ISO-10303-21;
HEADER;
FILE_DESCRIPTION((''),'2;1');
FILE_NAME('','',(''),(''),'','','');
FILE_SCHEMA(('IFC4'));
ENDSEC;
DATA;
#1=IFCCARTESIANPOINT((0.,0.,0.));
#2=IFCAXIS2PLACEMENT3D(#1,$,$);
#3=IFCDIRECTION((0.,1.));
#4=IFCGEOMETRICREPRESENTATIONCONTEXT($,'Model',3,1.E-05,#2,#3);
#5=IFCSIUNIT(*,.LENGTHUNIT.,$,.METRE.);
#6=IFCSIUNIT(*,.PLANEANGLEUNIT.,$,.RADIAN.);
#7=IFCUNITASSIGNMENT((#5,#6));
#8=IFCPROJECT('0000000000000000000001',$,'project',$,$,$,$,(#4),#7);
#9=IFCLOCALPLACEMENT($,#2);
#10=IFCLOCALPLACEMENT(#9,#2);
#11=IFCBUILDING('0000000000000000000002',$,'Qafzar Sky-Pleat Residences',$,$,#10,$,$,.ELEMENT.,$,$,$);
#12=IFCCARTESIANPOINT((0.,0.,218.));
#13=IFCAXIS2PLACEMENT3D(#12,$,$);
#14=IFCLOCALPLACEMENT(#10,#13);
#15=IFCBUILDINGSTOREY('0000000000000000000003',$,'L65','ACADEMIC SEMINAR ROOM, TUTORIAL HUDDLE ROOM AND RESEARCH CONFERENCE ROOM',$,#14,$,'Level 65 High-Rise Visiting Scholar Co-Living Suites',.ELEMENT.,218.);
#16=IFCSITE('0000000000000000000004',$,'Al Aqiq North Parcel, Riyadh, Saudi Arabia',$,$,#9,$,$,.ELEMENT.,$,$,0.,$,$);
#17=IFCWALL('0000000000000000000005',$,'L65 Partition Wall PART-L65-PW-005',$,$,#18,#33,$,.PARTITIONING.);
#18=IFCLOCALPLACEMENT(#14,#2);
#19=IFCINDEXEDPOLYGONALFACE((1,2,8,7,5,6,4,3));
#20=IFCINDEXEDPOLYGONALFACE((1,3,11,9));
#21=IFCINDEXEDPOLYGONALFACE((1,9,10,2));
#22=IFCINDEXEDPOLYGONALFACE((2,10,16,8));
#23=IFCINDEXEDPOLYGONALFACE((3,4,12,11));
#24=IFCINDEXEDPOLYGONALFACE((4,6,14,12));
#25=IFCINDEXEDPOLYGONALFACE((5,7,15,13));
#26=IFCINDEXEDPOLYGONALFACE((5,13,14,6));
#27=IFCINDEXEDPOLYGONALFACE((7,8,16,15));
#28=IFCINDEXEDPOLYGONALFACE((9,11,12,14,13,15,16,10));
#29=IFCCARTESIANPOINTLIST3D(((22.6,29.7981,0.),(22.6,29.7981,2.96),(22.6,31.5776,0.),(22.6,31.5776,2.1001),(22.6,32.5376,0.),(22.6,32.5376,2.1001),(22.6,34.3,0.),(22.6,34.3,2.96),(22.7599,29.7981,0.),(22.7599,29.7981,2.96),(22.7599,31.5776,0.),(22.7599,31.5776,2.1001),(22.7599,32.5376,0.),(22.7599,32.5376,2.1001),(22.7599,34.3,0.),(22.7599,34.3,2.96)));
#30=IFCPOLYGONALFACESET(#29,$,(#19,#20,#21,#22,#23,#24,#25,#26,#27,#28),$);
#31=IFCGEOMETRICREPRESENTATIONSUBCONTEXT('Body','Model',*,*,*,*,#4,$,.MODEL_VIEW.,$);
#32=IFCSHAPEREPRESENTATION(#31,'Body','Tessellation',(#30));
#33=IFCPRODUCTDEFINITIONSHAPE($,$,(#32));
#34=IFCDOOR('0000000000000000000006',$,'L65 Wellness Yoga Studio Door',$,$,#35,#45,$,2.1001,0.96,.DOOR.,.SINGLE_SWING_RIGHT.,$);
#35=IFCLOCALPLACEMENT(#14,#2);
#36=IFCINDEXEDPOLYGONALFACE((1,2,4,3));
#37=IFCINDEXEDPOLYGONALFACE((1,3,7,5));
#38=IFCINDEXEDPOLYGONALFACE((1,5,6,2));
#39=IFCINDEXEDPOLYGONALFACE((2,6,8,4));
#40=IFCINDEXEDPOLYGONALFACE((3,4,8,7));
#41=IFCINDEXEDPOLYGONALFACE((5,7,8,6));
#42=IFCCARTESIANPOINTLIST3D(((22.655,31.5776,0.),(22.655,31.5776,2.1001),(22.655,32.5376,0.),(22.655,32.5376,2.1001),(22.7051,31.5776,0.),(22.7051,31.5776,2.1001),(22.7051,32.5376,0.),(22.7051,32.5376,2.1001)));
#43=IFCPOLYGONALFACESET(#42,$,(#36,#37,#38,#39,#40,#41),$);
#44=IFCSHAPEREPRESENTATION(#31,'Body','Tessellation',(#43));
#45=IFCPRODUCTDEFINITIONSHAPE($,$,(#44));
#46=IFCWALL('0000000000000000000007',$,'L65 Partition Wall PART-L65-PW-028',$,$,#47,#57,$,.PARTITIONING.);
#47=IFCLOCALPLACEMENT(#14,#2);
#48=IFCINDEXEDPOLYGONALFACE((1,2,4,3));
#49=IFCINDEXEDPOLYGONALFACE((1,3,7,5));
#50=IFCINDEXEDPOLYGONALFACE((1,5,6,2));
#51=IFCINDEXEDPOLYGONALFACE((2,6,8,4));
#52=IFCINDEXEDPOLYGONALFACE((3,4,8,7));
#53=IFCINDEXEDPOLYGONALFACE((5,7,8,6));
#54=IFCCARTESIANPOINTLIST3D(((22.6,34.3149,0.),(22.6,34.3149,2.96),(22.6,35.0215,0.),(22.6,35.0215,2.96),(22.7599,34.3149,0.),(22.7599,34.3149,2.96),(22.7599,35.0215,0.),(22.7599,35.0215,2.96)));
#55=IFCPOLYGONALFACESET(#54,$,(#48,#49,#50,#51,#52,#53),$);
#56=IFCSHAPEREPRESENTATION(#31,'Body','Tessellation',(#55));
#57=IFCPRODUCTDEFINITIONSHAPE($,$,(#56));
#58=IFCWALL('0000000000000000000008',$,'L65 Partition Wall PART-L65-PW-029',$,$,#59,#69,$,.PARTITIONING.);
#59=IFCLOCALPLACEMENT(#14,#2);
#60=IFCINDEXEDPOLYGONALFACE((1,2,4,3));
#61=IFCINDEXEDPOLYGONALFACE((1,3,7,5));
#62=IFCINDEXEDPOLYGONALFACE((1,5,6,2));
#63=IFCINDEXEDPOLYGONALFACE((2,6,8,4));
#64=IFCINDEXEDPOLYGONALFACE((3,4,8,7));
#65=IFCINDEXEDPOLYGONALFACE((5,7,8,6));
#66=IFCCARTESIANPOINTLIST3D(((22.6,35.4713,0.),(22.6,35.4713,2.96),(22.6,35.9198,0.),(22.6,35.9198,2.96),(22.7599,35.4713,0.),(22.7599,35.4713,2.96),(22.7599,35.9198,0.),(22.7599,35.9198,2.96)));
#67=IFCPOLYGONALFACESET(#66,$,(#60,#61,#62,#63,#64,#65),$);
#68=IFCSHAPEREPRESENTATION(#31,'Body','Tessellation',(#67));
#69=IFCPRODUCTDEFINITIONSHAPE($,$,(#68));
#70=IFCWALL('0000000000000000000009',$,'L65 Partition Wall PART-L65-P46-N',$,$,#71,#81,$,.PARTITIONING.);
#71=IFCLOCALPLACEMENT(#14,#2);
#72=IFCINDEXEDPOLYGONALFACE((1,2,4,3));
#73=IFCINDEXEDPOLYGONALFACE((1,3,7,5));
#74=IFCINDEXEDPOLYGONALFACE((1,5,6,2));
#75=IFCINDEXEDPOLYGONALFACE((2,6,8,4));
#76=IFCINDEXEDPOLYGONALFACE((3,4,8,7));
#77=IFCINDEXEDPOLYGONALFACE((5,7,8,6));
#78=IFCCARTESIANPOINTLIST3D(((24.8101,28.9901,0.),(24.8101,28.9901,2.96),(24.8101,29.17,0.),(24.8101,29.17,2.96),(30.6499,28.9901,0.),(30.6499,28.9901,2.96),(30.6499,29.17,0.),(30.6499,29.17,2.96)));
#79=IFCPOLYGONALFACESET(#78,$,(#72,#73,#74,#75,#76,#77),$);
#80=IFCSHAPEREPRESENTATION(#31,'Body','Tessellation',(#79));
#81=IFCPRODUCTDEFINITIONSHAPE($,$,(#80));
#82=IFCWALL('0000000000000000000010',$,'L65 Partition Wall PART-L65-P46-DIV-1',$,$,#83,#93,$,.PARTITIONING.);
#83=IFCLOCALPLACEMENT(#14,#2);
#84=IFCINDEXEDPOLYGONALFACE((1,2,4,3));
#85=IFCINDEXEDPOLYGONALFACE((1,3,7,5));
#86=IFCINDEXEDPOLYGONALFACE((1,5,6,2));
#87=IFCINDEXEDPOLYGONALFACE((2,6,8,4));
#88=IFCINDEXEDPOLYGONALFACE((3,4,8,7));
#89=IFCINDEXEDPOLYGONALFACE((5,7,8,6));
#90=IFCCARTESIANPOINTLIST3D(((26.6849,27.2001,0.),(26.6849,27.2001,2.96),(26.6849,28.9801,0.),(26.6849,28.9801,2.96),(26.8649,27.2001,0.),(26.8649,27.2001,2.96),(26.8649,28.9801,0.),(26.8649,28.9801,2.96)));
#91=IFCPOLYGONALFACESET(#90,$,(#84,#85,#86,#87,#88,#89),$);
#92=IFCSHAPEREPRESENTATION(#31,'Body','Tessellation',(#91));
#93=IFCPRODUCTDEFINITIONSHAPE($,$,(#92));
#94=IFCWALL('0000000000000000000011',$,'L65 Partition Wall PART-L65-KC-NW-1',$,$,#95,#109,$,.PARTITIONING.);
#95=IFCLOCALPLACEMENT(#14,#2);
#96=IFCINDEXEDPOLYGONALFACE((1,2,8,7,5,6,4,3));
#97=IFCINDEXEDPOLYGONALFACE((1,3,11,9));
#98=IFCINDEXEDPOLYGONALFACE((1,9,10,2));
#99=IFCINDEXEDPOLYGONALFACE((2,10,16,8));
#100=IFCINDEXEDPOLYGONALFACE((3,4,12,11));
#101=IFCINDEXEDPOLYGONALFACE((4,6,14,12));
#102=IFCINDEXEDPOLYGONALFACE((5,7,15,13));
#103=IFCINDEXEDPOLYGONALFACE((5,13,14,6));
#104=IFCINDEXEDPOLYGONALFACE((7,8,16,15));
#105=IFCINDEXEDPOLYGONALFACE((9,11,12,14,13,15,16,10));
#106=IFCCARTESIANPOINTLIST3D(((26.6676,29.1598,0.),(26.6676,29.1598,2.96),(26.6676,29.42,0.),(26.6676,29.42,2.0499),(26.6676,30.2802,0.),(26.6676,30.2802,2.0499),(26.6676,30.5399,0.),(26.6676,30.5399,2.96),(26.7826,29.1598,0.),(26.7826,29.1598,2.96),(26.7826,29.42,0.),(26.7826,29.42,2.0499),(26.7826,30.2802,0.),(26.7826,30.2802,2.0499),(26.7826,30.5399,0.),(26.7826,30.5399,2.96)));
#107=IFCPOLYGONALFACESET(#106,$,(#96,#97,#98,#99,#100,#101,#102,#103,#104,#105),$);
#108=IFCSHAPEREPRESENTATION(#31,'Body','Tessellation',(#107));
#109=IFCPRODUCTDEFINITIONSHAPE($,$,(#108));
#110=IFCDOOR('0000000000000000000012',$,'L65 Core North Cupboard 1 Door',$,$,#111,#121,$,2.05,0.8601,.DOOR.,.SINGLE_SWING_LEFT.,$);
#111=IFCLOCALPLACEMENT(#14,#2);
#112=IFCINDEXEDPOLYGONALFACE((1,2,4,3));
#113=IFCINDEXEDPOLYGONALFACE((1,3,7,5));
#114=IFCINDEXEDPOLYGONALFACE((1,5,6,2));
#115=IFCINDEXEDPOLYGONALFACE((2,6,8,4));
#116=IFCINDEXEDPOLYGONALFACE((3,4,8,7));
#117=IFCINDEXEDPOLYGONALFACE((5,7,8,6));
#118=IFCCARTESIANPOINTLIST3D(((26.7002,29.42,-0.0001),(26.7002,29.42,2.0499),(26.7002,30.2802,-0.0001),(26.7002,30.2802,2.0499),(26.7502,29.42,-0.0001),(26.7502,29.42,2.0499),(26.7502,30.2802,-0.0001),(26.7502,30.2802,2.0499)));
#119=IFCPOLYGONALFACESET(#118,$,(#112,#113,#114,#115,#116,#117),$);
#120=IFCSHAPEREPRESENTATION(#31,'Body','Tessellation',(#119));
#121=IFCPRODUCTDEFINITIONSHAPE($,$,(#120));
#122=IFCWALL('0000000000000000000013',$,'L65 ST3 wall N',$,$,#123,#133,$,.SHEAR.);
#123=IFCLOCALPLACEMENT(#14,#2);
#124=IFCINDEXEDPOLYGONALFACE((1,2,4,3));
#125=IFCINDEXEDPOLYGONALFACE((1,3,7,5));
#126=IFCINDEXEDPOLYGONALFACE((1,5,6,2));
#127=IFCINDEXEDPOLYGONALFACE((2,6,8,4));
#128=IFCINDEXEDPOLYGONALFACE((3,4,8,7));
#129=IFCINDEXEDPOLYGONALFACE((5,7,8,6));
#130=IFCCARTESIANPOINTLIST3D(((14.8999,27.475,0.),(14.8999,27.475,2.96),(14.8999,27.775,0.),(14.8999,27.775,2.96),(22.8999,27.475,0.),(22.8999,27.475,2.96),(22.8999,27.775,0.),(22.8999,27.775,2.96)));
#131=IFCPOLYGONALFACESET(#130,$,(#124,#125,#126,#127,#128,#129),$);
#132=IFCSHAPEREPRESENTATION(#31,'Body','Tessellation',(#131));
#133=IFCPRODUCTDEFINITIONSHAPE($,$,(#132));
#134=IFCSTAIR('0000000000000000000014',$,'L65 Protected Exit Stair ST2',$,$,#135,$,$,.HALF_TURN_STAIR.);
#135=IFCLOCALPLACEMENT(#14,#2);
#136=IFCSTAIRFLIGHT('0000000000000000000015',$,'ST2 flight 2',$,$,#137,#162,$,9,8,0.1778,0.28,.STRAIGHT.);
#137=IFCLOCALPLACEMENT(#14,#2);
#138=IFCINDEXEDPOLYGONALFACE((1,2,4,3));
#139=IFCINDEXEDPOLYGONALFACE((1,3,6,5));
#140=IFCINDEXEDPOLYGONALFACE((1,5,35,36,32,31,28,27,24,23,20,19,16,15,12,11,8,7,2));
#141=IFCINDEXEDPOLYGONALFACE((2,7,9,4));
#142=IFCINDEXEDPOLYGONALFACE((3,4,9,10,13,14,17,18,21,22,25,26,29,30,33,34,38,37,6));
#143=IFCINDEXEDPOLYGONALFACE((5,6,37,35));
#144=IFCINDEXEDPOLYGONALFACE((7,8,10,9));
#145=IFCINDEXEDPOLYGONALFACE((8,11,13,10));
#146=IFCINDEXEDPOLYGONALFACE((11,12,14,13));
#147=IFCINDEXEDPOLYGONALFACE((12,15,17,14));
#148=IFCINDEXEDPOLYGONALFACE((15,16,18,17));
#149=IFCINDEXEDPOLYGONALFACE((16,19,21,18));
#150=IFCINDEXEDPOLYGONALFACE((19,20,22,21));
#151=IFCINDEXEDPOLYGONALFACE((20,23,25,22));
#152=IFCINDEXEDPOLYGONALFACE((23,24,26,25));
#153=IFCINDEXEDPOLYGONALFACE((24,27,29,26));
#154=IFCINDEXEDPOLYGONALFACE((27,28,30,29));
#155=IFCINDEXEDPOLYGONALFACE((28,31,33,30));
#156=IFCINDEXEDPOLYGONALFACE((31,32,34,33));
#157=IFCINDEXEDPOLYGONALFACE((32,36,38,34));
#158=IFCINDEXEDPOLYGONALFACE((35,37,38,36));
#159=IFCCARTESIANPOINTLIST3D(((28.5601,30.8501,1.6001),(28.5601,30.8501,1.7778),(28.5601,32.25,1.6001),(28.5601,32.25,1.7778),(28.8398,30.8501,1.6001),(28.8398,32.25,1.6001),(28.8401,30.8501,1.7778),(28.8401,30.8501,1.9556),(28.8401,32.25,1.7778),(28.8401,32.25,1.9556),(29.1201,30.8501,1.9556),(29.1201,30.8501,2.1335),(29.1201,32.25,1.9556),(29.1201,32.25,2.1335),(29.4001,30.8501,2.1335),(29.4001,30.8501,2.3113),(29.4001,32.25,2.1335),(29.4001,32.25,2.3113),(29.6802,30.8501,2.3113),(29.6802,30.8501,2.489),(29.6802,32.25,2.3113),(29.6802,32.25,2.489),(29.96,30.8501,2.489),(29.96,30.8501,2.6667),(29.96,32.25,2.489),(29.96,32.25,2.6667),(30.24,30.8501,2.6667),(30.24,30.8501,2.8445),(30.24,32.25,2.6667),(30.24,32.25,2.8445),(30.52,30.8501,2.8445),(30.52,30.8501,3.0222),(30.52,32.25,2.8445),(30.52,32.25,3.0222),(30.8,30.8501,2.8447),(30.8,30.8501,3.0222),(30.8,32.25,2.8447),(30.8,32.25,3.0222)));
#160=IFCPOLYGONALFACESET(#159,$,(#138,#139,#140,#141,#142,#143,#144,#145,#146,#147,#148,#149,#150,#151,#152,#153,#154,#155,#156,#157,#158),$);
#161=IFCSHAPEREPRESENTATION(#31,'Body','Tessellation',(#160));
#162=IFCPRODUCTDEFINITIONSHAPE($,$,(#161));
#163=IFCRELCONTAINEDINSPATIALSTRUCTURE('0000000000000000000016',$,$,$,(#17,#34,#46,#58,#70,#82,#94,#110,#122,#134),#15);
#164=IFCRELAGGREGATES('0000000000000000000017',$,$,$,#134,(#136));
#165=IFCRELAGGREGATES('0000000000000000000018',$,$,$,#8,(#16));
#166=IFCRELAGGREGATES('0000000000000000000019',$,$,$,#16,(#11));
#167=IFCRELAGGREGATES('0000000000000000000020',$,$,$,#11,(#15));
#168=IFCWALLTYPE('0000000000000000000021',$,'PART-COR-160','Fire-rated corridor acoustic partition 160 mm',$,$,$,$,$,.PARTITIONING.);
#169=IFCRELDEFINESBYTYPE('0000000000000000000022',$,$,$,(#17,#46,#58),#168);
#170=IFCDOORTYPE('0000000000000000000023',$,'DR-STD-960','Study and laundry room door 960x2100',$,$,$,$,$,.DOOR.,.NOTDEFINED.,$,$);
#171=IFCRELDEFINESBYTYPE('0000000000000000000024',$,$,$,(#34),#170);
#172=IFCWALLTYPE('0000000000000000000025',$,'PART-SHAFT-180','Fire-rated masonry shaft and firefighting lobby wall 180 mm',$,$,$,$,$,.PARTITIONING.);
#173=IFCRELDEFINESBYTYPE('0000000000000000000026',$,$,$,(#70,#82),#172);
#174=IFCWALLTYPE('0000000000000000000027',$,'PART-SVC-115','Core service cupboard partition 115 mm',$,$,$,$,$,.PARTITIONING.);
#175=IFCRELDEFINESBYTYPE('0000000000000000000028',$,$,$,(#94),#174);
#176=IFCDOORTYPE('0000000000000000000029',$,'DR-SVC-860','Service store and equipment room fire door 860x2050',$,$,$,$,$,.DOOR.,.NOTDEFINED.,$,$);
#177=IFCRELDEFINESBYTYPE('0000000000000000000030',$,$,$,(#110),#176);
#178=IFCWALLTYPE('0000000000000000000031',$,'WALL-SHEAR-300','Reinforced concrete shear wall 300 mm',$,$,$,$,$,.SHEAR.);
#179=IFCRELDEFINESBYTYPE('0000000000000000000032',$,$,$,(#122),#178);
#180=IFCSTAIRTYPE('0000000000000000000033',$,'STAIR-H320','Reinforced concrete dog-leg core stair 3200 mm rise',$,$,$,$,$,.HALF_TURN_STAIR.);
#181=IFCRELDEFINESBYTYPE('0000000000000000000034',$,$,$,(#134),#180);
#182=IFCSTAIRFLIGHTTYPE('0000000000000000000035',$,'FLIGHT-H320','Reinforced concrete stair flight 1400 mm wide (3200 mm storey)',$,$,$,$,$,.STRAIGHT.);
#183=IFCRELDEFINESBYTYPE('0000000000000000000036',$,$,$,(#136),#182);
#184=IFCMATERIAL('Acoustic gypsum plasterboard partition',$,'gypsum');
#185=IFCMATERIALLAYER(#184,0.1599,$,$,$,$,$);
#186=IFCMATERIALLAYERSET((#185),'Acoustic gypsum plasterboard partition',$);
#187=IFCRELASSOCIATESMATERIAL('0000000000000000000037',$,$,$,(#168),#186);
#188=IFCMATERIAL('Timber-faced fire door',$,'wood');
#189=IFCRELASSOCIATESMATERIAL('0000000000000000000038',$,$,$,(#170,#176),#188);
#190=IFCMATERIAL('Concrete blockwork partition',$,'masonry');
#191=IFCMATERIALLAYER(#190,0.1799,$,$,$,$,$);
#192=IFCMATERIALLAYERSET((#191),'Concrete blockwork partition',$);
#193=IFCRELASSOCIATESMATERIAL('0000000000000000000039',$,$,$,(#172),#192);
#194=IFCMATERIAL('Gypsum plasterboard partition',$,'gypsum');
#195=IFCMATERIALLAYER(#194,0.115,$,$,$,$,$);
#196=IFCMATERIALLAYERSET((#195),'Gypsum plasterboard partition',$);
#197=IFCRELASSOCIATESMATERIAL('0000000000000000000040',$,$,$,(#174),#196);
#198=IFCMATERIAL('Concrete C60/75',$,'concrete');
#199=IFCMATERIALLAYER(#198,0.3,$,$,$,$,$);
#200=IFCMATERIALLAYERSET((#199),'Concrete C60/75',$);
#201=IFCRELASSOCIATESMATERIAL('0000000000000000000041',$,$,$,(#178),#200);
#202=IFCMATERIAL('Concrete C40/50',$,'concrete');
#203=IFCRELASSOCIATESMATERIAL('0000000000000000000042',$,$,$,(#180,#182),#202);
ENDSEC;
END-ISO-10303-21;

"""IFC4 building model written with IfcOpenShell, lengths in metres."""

from ifc_helpers import new_model, si_unit, direction, frame, frame_2d, origin, place, context, subcontext, project, spatial, polyline, rectangle, outline, extrude, source, transform, mapped, material, layer, layer_set, type_object, element, fill, aggregate, save


model = new_model("IFC4")

# Units and contexts
model_context = context("Model", 3, precision=1e-05, world=origin(), true_north=direction((0.0, 1.0)))
body_context = subcontext(model_context, "Body", "Model", "MODEL_VIEW")
ifc_project = project(units=[si_unit("LENGTHUNIT", "METRE"), si_unit("PLANEANGLEUNIT", "RADIAN")], contexts=[model_context])

# Site, building, storey
site_placement = place(None, origin())
site = spatial("IfcSite", under=ifc_project, at=site_placement, Name="Al Aqiq North Parcel, Riyadh, Saudi Arabia", CompositionType="ELEMENT", RefElevation=0.0)
building_placement = place(site_placement, origin())
building = spatial("IfcBuilding", under=site, at=building_placement, Name="Qafzar Sky-Pleat Residences", CompositionType="ELEMENT")
storey_placement = place(building_placement, frame((0.0, 0.0, 218.0)))
storey = spatial("IfcBuildingStorey", under=building, at=storey_placement, Name="L65", Description="ACADEMIC SEMINAR ROOM, TUTORIAL HUDDLE ROOM AND RESEARCH CONFERENCE ROOM", LongName="Level 65 High-Rise Visiting Scholar Co-Living Suites", CompositionType="ELEMENT", Elevation=218.0)

# Wall, opening, door
ifc_material_1 = material(Name="Acoustic gypsum plasterboard partition", Category="gypsum")
ifc_layer_1 = layer(ifc_material_1, 0.1599)
ifc_layer_set_1 = layer_set([ifc_layer_1], Name="Acoustic gypsum plasterboard partition")
wall_type_1 = type_object("IfcWallType", Name="PART-COR-160", Description="Fire-rated corridor acoustic partition 160 mm", PredefinedType="PARTITIONING", material=ifc_layer_set_1)
wall_1_placement = place(storey_placement, frame((22.6799, 29.7981, 0.0), z_axis=(0.0, 0.0, 1.0), x_axis=(0.0, 1.0, 0.0)))
wall_1 = element("IfcWall", 1, at=wall_1_placement, inside=storey, type_object=wall_type_1, Name="L65 Partition Wall PART-L65-PW-005", PredefinedType="PARTITIONING", context=body_context, shape_type="SweptSolid", body=[
    extrude(rectangle(XDim=4.502, YDim=0.1599, at=frame_2d((2.251, 0.0))), origin(), (0.0, 0.0, 1.0), 2.96),
])
opening_1_placement = place(wall_1_placement, frame((1.7795, 0.0, 0.0)))
opening_1 = element("IfcOpeningElement", 2, at=opening_1_placement, cuts=wall_1, PredefinedType="OPENING", context=body_context, shape_type="SweptSolid", body=[
    extrude(rectangle(XDim=0.96, YDim=2.1001, at=frame_2d((0.48, 1.05))), frame((0.0, 0.0898, 0.0), z_axis=(0.0, -1.0, 0.0), x_axis=(1.0, 0.0, 0.0)), (0.0, 0.0, 1.0), 0.1799),
])
ifc_material_2 = material(Name="Timber-faced fire door", Category="wood")
door_type_1 = type_object("IfcDoorType", Name="DR-STD-960", Description="Study and laundry room door 960x2100", OperationType="NOTDEFINED", PredefinedType="DOOR", material=ifc_material_2)
shared_shape_1 = source(origin(), body_context, "Body", "SweptSolid", [
    extrude(rectangle(XDim=0.96, YDim=2.1001, at=frame_2d((0.48, 1.05))), frame((0.0, 0.0249, 0.0), z_axis=(0.0, -1.0, 0.0), x_axis=(1.0, 0.0, 0.0)), (0.0, 0.0, 1.0), 0.05),
])
door_1_placement = place(opening_1_placement, origin())
door_1 = element("IfcDoor", 3, at=door_1_placement, inside=storey, type_object=door_type_1, Name="L65 Wellness Yoga Studio Door", OperationType="SINGLE_SWING_RIGHT", OverallHeight=2.1001, OverallWidth=0.96, PredefinedType="DOOR", context=body_context, shape_type="MappedRepresentation", body=[
    mapped(shared_shape_1, transform((0.0, 0.0, 0.0), x_axis=(1.0, 0.0, 0.0), y_axis=(0.0, 1.0, 0.0), z_axis=(0.0, 0.0, 1.0), scale=1.0)),
])
fill(opening_1, door_1)

# Walls
wall_2_placement = place(storey_placement, frame((22.6799, 34.3149, 0.0), z_axis=(0.0, 0.0, 1.0), x_axis=(0.0, 1.0, 0.0)))
element("IfcWall", 4, at=wall_2_placement, inside=storey, type_object=wall_type_1, Name="L65 Partition Wall PART-L65-PW-028", PredefinedType="PARTITIONING", context=body_context, shape_type="SweptSolid", body=[
    extrude(rectangle(XDim=0.7065, YDim=0.1599, at=frame_2d((0.3533, 0.0))), origin(), (0.0, 0.0, 1.0), 2.96),
])
wall_3_placement = place(storey_placement, frame((22.6799, 35.4714, 0.0), z_axis=(0.0, 0.0, 1.0), x_axis=(0.0, 1.0, 0.0)))
element("IfcWall", 5, at=wall_3_placement, inside=storey, type_object=wall_type_1, Name="L65 Partition Wall PART-L65-PW-029", PredefinedType="PARTITIONING", context=body_context, shape_type="SweptSolid", body=[
    extrude(rectangle(XDim=0.4485, YDim=0.1599, at=frame_2d((0.2241, 0.0))), origin(), (0.0, 0.0, 1.0), 2.96),
])
ifc_material_3 = material(Name="Concrete blockwork partition", Category="masonry")
ifc_layer_2 = layer(ifc_material_3, 0.1799)
ifc_layer_set_2 = layer_set([ifc_layer_2], Name="Concrete blockwork partition")
wall_type_2 = type_object("IfcWallType", Name="PART-SHAFT-180", Description="Fire-rated masonry shaft and firefighting lobby wall 180 mm", PredefinedType="PARTITIONING", material=ifc_layer_set_2)
wall_4_placement = place(storey_placement, frame((24.8101, 29.0801, 0.0), z_axis=(0.0, 0.0, 1.0), x_axis=(1.0, 0.0, 0.0)))
element("IfcWall", 6, at=wall_4_placement, inside=storey, type_object=wall_type_2, Name="L65 Partition Wall PART-L65-P46-N", PredefinedType="PARTITIONING", context=body_context, shape_type="SweptSolid", body=[
    extrude(rectangle(XDim=5.8398, YDim=0.1799, at=frame_2d((2.9199, 0.0))), origin(), (0.0, 0.0, 1.0), 2.96),
])

# Wall
wall_5_placement = place(storey_placement, frame((26.7749, 27.2, 0.0), z_axis=(0.0, 0.0, 1.0), x_axis=(0.0, 1.0, 0.0)))
element("IfcWall", 7, at=wall_5_placement, inside=storey, type_object=wall_type_2, Name="L65 Partition Wall PART-L65-P46-DIV-1", PredefinedType="PARTITIONING", context=body_context, shape_type="SweptSolid", body=[
    extrude(rectangle(XDim=1.78, YDim=0.1799, at=frame_2d((0.8901, 0.0))), origin(), (0.0, 0.0, 1.0), 2.96),
])

# Wall, opening, door
ifc_material_4 = material(Name="Gypsum plasterboard partition", Category="gypsum")
ifc_layer_3 = layer(ifc_material_4, 0.115)
ifc_layer_set_3 = layer_set([ifc_layer_3], Name="Gypsum plasterboard partition")
wall_type_3 = type_object("IfcWallType", Name="PART-SVC-115", Description="Core service cupboard partition 115 mm", PredefinedType="PARTITIONING", material=ifc_layer_set_3)
wall_6_placement = place(storey_placement, frame((26.7251, 29.1599, 0.0), z_axis=(0.0, 0.0, 1.0), x_axis=(0.0, 1.0, 0.0)))
wall_6 = element("IfcWall", 8, at=wall_6_placement, inside=storey, type_object=wall_type_3, Name="L65 Partition Wall PART-L65-KC-NW-1", PredefinedType="PARTITIONING", context=body_context, shape_type="SweptSolid", body=[
    extrude(rectangle(XDim=1.3801, YDim=0.115, at=frame_2d((0.6899, 0.0))), origin(), (0.0, 0.0, 1.0), 2.96),
])
opening_2_placement = place(wall_6_placement, frame((0.26, 0.0, 0.0)))
opening_2 = element("IfcOpeningElement", 9, at=opening_2_placement, cuts=wall_6, PredefinedType="OPENING", context=body_context, shape_type="SweptSolid", body=[
    extrude(rectangle(XDim=0.8601, YDim=2.05, at=frame_2d((0.4302, 1.0249))), frame((0.0, 0.0674, 0.0), z_axis=(0.0, -1.0, 0.0), x_axis=(1.0, 0.0, 0.0)), (0.0, 0.0, 1.0), 0.135),
])
door_type_2 = type_object("IfcDoorType", Name="DR-SVC-860", Description="Service store and equipment room fire door 860x2050", OperationType="NOTDEFINED", PredefinedType="DOOR", material=ifc_material_2)
shared_shape_2 = source(origin(), body_context, "Body", "SweptSolid", [
    extrude(rectangle(XDim=0.8601, YDim=2.05, at=frame_2d((0.4302, 1.0249))), frame((0.0, 0.0249, 0.0), z_axis=(0.0, -1.0, 0.0), x_axis=(1.0, 0.0, 0.0)), (0.0, 0.0, 1.0), 0.05),
])
door_2_placement = place(opening_2_placement, origin())
door_2 = element("IfcDoor", 10, at=door_2_placement, inside=storey, type_object=door_type_2, Name="L65 Core North Cupboard 1 Door", OperationType="SINGLE_SWING_LEFT", OverallHeight=2.05, OverallWidth=0.8601, PredefinedType="DOOR", context=body_context, shape_type="MappedRepresentation", body=[
    mapped(shared_shape_2, transform((0.0, 0.0, 0.0), x_axis=(1.0, 0.0, 0.0), y_axis=(0.0, 1.0, 0.0), z_axis=(0.0, 0.0, 1.0), scale=1.0)),
])
fill(opening_2, door_2)

# Shared definitions
ifc_material_5 = material(Name="Concrete C60/75", Category="concrete")
ifc_layer_4 = layer(ifc_material_5, 0.3)
ifc_layer_set_4 = layer_set([ifc_layer_4], Name="Concrete C60/75")
wall_type_4 = type_object("IfcWallType", Name="WALL-SHEAR-300", Description="Reinforced concrete shear wall 300 mm", PredefinedType="SHEAR", material=ifc_layer_set_4)

# Wall
wall_7_placement = place(storey_placement, frame((22.8999, 27.625, 0.0), z_axis=(0.0, 0.0, 1.0), x_axis=(-1.0, 0.0, 0.0)))
element("IfcWall", 11, at=wall_7_placement, inside=storey, type_object=wall_type_4, Name="L65 ST3 wall N", PredefinedType="SHEAR", context=body_context, shape_type="SweptSolid", body=[
    extrude(rectangle(XDim=8.0, YDim=0.3, at=frame_2d((4.0, 0.0))), origin(), (0.0, 0.0, 1.0), 2.96),
])

# Stair, stair flight
ifc_material_6 = material(Name="Concrete C40/50", Category="concrete")
stair_type = type_object("IfcStairType", Name="STAIR-H320", Description="Reinforced concrete dog-leg core stair 3200 mm rise", PredefinedType="HALF_TURN_STAIR", material=ifc_material_6)
stair_placement = place(storey_placement, origin())
stair = element("IfcStair", 12, at=stair_placement, inside=storey, type_object=stair_type, Name="L65 Protected Exit Stair ST2", PredefinedType="HALF_TURN_STAIR")
stair_flight_type = type_object("IfcStairFlightType", Name="FLIGHT-H320", Description="Reinforced concrete stair flight 1400 mm wide (3200 mm storey)", PredefinedType="STRAIGHT", material=ifc_material_6)
shared_shape_3 = source(origin(), body_context, "Body", "SweptSolid", [
    extrude(outline(polyline([(0.0, 0.0), (0.0, 0.1777), (0.28, 0.1777), (0.28, 0.3555), (0.5601, 0.3555), (0.5601, 0.5334), (0.8401, 0.5334), (0.8401, 0.7112), (1.1201, 0.7112), (1.1201, 0.8889), (1.3999, 0.8889), (1.3999, 1.0667), (1.6799, 1.0667), (1.6799, 1.2444), (1.96, 1.2444), (1.96, 1.4221), (2.24, 1.4221), (2.24, 1.6001), (2.24, 1.2446), (0.2798, 0.0), (0.0, 0.0)])), frame((0.0, 0.7, 0.0), z_axis=(0.0, -1.0, 0.0), x_axis=(1.0, 0.0, 0.0)), (0.0, 0.0, 1.0), 1.3999),
])
stair_flight_placement = place(storey_placement, frame((28.5601, 31.55, 1.6001), z_axis=(0.0, 0.0, 1.0), x_axis=(1.0, 0.0, 0.0)))
stair_flight = element("IfcStairFlight", 13, at=stair_flight_placement, type_object=stair_flight_type, Name="ST2 flight 2", NumberOfRisers=9, NumberOfTreads=8, PredefinedType="STRAIGHT", RiserHeight=0.1778, TreadLength=0.28, context=body_context, shape_type="MappedRepresentation", body=[
    mapped(shared_shape_3, transform((0.0, 0.0, 0.0), x_axis=(1.0, 0.0, 0.0), y_axis=(0.0, 1.0, 0.0), z_axis=(0.0, 0.0, 1.0), scale=1.0)),
])
aggregate(stair, [stair_flight])

save(model, "model.ifc")
